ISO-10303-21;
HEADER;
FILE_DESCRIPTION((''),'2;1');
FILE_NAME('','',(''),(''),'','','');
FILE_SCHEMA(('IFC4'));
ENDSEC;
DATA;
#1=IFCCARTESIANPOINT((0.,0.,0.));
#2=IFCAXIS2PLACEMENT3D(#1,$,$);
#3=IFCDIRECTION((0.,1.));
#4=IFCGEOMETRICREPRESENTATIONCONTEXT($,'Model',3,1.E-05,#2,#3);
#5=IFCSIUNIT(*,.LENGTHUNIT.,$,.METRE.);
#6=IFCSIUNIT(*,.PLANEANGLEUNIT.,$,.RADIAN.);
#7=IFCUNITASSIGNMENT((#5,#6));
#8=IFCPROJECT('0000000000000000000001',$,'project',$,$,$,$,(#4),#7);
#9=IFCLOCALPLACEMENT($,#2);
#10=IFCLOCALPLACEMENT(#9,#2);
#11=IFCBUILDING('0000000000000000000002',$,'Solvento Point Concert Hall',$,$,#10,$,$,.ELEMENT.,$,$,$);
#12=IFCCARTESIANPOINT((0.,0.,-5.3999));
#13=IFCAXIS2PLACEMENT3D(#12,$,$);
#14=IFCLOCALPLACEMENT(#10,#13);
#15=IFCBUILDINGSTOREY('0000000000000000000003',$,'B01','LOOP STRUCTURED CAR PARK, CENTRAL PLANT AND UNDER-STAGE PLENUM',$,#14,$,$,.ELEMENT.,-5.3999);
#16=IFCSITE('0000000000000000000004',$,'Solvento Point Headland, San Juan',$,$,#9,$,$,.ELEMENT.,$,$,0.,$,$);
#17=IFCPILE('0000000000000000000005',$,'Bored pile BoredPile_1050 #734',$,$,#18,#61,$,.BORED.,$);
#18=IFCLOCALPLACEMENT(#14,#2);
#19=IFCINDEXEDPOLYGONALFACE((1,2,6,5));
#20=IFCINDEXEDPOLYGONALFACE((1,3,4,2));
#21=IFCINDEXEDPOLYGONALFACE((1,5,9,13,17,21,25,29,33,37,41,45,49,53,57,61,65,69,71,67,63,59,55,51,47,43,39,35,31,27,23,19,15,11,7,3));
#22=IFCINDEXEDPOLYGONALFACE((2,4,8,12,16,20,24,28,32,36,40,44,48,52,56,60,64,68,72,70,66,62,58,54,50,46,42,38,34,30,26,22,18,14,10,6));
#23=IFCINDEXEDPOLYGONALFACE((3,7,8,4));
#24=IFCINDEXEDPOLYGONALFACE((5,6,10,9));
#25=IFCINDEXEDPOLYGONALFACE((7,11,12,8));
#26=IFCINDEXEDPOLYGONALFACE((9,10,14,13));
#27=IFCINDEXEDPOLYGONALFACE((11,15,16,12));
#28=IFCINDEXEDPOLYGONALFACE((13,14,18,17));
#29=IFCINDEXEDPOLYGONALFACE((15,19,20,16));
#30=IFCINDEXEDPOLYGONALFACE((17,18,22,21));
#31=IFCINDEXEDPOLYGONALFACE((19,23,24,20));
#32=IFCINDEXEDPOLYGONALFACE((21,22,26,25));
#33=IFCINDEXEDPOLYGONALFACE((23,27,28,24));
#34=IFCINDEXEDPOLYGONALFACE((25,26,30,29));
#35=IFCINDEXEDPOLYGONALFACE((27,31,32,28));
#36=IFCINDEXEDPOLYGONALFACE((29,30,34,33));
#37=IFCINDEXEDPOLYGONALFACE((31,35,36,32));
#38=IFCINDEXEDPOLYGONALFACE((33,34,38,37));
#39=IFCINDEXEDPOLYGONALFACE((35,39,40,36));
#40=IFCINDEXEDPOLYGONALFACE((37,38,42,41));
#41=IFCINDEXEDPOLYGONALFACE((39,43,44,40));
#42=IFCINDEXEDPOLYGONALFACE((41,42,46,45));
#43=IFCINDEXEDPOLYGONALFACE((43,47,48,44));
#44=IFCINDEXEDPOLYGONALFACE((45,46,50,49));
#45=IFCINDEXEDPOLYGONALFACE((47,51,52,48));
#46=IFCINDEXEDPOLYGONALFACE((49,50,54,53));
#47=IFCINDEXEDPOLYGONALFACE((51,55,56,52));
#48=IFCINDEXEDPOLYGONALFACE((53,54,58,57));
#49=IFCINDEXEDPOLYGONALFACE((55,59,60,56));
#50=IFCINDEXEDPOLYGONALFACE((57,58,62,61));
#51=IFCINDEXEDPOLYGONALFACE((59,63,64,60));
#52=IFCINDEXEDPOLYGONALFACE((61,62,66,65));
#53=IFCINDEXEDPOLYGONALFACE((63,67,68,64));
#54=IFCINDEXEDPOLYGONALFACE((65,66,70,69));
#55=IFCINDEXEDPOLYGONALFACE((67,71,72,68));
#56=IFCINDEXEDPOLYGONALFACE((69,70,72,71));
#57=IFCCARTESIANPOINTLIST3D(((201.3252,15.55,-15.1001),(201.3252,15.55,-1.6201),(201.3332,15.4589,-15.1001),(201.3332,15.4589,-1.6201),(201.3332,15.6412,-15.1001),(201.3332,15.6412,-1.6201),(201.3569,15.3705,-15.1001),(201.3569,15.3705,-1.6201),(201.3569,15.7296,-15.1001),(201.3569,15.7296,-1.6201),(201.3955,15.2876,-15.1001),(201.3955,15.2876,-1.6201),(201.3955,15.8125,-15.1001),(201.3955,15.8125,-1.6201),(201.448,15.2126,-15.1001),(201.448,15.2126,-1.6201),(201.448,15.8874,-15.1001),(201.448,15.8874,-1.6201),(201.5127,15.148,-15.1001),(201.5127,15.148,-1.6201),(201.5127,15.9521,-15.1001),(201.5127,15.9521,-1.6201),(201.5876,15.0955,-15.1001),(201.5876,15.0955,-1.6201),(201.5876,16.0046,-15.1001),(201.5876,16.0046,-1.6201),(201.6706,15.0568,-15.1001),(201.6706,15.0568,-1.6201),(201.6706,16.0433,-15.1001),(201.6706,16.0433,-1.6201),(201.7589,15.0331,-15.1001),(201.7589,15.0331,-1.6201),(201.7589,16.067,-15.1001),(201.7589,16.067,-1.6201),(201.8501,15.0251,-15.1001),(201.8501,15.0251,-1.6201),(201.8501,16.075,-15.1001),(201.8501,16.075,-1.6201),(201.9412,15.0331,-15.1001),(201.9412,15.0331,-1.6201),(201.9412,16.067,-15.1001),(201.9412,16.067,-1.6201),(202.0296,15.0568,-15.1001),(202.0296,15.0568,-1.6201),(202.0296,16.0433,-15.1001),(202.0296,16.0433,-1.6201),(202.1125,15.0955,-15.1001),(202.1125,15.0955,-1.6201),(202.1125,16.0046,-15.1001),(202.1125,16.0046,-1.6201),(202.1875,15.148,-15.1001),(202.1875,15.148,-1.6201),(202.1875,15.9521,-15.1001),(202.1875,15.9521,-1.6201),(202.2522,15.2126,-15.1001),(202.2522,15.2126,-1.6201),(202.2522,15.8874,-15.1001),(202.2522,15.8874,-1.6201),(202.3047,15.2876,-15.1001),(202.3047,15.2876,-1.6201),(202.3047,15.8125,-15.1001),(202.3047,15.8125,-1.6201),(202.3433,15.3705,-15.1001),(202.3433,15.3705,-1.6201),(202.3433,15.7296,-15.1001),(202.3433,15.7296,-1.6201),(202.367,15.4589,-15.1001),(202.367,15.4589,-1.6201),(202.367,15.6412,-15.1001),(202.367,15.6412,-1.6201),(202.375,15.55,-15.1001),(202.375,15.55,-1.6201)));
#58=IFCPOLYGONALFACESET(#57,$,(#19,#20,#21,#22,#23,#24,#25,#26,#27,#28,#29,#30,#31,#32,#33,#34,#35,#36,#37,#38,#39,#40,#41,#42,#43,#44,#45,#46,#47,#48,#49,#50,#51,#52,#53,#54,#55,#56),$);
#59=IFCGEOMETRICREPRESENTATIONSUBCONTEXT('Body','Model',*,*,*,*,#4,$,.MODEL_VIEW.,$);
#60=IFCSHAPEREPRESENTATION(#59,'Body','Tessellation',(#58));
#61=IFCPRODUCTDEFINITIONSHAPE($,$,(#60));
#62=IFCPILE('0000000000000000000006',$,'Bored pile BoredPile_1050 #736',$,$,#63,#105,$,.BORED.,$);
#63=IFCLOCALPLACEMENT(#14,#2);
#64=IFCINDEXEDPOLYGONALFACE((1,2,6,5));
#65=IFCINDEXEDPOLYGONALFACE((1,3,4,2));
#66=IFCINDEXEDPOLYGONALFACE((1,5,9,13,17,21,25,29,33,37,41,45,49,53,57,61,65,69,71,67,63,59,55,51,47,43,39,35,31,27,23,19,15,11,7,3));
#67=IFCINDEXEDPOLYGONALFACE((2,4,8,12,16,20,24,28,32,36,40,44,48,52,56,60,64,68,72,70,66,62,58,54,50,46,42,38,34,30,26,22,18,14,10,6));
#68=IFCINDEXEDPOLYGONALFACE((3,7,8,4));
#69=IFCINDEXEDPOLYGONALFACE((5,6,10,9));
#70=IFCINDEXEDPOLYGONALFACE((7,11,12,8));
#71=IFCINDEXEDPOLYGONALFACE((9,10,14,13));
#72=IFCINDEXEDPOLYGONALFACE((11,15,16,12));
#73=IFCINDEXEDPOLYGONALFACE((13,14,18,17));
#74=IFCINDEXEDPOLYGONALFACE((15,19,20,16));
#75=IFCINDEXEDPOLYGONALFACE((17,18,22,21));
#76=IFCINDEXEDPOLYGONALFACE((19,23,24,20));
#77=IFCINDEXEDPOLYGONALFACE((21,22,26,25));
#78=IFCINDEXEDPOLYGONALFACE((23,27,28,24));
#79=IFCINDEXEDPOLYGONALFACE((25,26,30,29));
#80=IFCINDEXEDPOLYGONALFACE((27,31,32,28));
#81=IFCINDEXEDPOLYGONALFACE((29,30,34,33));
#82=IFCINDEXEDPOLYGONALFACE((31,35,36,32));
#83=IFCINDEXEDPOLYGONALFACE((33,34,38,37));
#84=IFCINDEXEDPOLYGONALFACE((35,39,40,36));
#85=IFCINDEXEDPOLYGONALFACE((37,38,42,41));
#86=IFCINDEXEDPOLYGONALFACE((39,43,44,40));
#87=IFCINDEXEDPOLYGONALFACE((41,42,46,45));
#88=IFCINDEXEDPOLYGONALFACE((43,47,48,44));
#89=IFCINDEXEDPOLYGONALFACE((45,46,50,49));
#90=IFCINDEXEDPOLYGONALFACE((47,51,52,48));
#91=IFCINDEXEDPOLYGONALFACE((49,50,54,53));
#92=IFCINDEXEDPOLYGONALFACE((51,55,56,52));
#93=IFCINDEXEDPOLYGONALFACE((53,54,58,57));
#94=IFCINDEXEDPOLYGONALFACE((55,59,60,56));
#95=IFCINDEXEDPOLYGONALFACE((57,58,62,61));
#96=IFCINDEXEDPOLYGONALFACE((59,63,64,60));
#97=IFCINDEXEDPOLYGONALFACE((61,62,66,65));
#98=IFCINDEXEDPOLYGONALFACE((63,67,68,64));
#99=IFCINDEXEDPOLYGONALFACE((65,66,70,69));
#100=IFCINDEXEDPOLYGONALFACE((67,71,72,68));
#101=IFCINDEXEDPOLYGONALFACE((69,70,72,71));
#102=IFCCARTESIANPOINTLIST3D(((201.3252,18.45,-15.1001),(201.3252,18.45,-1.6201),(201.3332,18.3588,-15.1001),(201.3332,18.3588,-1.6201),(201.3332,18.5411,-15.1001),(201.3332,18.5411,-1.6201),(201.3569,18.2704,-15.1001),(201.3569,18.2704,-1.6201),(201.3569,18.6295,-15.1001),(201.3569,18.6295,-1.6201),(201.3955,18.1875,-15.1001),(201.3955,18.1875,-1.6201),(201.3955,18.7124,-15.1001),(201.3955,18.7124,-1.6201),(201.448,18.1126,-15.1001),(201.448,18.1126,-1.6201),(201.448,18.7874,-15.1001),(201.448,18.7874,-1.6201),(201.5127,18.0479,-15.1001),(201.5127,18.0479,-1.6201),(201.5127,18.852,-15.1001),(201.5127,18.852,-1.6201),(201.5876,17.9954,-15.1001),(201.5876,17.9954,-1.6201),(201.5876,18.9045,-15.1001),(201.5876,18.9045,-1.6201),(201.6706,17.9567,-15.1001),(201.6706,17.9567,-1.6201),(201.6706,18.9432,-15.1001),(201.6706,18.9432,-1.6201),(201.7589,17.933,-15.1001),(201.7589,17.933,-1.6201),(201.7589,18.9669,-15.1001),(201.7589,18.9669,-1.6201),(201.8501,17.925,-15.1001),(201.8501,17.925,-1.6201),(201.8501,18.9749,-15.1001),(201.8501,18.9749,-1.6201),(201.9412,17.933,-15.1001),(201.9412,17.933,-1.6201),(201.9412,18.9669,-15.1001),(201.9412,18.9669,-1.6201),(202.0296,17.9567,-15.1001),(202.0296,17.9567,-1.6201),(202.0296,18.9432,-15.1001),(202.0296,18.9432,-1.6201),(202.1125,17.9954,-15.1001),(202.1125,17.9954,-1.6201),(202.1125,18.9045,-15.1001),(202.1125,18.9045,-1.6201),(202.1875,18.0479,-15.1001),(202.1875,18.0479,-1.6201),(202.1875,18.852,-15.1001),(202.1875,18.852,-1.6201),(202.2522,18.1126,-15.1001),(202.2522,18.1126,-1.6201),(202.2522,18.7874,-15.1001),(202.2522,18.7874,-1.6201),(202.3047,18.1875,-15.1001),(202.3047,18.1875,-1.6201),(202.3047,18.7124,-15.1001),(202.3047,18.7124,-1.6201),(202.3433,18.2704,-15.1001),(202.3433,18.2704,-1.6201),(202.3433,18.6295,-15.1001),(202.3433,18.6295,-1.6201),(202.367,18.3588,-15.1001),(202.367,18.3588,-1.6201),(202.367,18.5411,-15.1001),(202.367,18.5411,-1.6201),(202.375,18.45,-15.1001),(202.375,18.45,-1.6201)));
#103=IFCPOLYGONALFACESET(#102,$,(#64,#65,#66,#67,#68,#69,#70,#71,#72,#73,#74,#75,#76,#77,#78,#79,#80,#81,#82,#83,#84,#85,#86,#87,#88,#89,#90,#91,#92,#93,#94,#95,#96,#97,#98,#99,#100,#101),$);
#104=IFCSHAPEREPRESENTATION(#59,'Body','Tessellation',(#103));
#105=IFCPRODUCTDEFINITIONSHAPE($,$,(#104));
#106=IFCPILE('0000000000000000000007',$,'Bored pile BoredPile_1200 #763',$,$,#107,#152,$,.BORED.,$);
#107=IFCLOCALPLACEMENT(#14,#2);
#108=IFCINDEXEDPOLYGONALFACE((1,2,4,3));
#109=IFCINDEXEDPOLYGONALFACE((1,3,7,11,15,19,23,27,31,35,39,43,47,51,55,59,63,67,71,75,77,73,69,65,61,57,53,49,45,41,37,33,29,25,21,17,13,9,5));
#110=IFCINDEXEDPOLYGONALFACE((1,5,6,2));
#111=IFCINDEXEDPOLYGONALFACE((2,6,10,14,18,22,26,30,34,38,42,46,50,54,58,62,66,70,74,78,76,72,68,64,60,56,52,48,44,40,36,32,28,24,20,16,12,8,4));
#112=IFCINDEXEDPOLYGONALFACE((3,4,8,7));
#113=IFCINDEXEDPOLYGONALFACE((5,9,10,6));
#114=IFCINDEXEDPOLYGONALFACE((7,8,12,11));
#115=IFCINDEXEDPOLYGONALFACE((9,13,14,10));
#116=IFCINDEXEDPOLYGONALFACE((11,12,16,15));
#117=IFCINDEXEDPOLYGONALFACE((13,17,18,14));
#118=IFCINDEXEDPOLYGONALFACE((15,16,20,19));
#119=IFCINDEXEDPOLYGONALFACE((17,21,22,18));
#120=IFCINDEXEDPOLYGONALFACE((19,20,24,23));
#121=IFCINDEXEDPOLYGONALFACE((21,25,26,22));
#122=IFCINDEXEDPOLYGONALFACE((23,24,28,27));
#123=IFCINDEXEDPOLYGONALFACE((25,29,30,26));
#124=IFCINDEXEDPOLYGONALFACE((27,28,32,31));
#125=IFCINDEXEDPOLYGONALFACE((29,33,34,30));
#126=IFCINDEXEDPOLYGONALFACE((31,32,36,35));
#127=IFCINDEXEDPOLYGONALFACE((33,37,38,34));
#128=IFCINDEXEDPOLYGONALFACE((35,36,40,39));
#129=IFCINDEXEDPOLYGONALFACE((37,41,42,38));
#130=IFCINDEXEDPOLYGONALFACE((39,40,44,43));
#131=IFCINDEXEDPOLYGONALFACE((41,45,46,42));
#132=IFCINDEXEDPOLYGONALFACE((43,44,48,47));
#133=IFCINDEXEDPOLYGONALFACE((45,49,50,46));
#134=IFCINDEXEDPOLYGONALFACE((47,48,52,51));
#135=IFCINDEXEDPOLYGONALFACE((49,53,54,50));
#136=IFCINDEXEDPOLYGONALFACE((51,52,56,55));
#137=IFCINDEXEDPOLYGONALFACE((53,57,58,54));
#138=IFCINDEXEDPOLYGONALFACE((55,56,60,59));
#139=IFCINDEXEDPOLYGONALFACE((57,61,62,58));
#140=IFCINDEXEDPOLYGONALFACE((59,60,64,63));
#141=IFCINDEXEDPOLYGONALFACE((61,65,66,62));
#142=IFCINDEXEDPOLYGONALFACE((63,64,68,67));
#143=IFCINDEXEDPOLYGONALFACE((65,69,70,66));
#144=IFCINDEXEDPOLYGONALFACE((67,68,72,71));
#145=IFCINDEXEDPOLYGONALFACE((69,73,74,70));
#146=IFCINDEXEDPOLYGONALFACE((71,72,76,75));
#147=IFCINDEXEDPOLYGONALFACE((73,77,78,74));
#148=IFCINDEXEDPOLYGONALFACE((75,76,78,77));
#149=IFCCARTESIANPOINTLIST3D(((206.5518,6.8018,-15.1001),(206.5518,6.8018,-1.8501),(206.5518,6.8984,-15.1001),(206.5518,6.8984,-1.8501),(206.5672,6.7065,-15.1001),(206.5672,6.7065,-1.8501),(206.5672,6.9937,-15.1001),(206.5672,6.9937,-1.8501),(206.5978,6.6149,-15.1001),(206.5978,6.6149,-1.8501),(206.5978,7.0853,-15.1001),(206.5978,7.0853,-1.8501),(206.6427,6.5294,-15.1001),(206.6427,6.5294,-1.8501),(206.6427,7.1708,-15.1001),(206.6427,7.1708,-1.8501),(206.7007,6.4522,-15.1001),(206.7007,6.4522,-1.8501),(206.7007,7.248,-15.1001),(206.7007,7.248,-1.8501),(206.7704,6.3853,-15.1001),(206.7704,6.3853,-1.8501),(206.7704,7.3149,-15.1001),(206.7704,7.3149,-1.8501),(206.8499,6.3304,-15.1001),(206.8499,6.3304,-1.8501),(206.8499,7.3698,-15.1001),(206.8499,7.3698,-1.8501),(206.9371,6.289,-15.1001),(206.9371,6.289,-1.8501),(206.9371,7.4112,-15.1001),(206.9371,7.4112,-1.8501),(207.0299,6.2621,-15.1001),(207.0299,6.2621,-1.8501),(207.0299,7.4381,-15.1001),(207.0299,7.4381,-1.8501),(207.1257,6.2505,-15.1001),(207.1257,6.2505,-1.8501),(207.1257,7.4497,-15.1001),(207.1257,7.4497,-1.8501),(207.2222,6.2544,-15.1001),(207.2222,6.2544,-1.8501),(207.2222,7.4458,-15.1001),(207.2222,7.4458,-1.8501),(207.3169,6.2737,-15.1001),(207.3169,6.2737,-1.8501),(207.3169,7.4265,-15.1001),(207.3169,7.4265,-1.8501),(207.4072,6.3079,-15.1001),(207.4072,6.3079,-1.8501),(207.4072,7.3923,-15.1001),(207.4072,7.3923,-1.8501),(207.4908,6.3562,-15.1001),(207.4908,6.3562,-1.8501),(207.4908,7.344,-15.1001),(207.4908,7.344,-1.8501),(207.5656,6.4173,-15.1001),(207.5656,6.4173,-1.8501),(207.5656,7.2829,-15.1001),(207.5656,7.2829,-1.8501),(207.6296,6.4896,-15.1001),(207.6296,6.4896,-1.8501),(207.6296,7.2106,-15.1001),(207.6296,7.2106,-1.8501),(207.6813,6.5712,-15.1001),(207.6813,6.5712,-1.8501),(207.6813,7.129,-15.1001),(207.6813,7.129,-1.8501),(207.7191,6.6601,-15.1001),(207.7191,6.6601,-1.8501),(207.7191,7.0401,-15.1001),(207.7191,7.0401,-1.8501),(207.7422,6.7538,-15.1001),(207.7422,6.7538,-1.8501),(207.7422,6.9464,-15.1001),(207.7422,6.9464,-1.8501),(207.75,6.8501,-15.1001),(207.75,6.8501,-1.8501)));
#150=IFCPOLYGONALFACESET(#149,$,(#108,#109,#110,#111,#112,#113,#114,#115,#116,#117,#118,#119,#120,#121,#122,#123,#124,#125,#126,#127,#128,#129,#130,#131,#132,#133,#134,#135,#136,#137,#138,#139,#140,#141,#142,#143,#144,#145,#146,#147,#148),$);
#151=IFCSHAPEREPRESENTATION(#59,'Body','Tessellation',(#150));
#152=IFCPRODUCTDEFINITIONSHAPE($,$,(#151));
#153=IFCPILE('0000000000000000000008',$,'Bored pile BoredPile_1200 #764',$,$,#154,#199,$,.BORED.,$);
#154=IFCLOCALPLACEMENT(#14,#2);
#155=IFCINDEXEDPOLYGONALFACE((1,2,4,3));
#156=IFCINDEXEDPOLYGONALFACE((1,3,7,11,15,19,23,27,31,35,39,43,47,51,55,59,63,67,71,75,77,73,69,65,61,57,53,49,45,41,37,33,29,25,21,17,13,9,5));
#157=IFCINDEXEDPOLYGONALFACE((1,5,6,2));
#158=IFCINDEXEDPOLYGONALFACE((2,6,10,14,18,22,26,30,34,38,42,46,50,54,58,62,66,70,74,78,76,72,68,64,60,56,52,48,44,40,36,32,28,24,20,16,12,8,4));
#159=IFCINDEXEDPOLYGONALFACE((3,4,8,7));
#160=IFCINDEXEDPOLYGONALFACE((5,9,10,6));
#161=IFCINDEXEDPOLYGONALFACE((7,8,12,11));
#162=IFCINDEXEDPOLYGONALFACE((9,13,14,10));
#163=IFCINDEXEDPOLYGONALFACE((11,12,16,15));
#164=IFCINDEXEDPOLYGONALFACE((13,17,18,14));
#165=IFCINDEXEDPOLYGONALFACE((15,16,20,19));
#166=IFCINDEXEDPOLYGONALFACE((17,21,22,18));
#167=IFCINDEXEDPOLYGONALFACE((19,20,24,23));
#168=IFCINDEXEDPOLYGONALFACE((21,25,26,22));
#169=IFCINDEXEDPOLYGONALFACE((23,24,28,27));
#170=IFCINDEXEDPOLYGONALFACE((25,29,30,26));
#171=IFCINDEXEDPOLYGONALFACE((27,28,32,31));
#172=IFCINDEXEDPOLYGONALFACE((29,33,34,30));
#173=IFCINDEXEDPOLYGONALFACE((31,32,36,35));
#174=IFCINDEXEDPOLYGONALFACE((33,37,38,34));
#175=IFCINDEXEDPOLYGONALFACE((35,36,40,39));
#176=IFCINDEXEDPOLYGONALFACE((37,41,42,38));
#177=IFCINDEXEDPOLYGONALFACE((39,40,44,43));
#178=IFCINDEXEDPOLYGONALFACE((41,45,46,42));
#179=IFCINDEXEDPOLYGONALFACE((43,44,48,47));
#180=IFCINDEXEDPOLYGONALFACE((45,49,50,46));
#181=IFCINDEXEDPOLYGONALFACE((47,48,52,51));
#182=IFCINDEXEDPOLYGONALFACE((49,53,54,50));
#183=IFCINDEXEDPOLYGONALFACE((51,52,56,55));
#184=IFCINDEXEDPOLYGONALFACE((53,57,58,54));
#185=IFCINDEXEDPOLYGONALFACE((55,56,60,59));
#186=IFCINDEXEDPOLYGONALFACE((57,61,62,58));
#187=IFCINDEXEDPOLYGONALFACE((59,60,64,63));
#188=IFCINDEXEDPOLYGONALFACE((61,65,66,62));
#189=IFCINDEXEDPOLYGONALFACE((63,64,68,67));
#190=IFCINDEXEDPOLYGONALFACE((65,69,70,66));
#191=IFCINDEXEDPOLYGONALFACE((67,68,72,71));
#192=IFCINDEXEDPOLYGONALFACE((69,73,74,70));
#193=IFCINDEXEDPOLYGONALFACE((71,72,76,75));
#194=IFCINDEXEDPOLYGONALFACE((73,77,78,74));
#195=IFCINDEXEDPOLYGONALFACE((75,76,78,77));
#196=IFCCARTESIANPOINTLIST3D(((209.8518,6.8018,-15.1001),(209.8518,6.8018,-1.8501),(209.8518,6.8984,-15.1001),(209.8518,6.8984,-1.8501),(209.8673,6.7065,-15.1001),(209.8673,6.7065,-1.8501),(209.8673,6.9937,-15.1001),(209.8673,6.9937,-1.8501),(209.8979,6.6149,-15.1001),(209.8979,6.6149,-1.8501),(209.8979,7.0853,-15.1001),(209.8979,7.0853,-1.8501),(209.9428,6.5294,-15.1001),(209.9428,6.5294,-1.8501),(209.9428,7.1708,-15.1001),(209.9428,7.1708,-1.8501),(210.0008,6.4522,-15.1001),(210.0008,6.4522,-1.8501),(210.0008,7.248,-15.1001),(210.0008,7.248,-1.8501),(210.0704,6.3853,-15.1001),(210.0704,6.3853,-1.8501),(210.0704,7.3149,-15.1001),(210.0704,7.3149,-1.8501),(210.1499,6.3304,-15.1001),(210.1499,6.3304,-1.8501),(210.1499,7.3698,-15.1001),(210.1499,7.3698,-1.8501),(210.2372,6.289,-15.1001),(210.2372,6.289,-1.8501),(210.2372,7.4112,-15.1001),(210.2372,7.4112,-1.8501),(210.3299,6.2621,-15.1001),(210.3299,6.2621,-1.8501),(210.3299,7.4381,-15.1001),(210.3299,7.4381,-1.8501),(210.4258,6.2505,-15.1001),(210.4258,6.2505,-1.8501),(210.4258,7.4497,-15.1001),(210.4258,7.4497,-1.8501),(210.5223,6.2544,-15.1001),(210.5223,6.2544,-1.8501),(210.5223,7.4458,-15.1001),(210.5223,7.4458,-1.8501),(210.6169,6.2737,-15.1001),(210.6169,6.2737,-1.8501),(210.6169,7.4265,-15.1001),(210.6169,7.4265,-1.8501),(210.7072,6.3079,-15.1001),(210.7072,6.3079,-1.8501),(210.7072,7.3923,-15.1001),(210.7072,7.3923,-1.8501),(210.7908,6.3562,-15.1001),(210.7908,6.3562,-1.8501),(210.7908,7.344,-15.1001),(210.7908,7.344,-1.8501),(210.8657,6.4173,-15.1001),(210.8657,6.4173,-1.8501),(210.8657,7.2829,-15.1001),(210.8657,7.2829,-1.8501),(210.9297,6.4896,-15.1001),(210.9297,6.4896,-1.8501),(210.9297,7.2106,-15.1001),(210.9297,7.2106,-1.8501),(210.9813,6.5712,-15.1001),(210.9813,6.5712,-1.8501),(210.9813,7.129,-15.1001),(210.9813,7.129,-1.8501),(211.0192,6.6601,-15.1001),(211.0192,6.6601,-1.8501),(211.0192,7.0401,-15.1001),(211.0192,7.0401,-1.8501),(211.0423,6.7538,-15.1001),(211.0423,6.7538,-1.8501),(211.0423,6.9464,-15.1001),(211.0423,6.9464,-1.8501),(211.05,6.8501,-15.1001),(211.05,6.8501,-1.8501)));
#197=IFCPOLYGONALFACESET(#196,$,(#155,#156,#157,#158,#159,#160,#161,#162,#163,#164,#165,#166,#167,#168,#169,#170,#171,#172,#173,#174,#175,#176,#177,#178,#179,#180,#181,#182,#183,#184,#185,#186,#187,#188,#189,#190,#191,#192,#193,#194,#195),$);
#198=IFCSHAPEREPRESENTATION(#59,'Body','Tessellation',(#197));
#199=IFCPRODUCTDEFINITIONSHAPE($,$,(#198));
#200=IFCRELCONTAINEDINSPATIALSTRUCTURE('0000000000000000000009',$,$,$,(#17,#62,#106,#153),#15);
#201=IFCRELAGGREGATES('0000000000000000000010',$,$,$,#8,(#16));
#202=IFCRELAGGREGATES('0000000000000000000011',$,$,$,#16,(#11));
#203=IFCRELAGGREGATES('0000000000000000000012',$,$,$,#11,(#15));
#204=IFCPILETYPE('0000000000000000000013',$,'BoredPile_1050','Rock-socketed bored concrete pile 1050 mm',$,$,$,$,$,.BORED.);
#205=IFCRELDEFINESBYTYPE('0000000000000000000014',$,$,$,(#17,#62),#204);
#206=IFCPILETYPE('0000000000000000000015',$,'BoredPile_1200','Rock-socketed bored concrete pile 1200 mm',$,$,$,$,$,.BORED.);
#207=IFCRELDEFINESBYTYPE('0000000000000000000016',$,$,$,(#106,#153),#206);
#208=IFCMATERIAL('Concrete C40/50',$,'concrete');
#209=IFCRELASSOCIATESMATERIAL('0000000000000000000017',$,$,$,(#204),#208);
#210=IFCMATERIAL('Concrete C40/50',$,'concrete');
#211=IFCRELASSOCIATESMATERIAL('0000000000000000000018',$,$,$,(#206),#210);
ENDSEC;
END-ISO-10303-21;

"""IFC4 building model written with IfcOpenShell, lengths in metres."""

from ifc_helpers import new_model, si_unit, direction, frame, origin, origin_2d, place, context, subcontext, project, spatial, circle, extrude, material, material_profile, profile_set, type_object, element, save


model = new_model("IFC4")

# Units and contexts
model_context = context("Model", 3, precision=1e-05, world=origin(), true_north=direction((0.0, 1.0)))
body_context = subcontext(model_context, "Body", "Model", "MODEL_VIEW")
ifc_project = project(units=[si_unit("LENGTHUNIT", "METRE"), si_unit("PLANEANGLEUNIT", "RADIAN")], contexts=[model_context])

# Site, building, storey
site_placement = place(None, origin())
site = spatial("IfcSite", under=ifc_project, at=site_placement, Name="Solvento Point Headland, San Juan", CompositionType="ELEMENT", RefElevation=0.0)
building_placement = place(site_placement, origin())
building = spatial("IfcBuilding", under=site, at=building_placement, Name="Solvento Point Concert Hall", CompositionType="ELEMENT")
storey_placement = place(building_placement, frame((0.0, 0.0, -5.3999)))
storey = spatial("IfcBuildingStorey", under=building, at=storey_placement, Name="B01", Description="LOOP STRUCTURED CAR PARK, CENTRAL PLANT AND UNDER-STAGE PLENUM", CompositionType="ELEMENT", Elevation=-5.3999)

# Piles
ifc_material_1 = material(Name="Concrete C40/50", Category="concrete")
ifc_material_profile_1 = material_profile(ifc_material_1, circle(Radius=0.5249, at=origin_2d()), Name="BP-1050")
ifc_profile_set_1 = profile_set([ifc_material_profile_1], Name="Concrete C40/50")
pile_type_1 = type_object("IfcPileType", Name="BoredPile_1050", Description="Rock-socketed bored concrete pile 1050 mm", PredefinedType="BORED", material=ifc_profile_set_1)
for number, where, z_axis, x_axis, name in (
    (1, (201.8501, 15.55, -1.6201), (0.0, 0.0, -1.0), (1.0, 0.0, 0.0), "Bored pile BoredPile_1050 #734"),
    (2, (201.8501, 18.45, -1.6201), (0.0, 0.0, -1.0), (1.0, 0.0, 0.0), "Bored pile BoredPile_1050 #736"),
):
    element("IfcPile", number, at=place(storey_placement, frame(where, z_axis=z_axis, x_axis=x_axis)), inside=storey, type_object=pile_type_1, Name=name, PredefinedType="BORED", context=body_context, shape_type="SweptSolid", body=[
        extrude(circle(Radius=0.5249, at=origin_2d()), origin(), (0.0, 0.0, 1.0), 13.48),
    ])
ifc_material_2 = material(Name="Concrete C40/50", Category="concrete")
ifc_material_profile_2 = material_profile(ifc_material_2, circle(Radius=0.6001, at=origin_2d()), Name="BP-1200")
ifc_profile_set_2 = profile_set([ifc_material_profile_2], Name="Concrete C40/50")
pile_type_2 = type_object("IfcPileType", Name="BoredPile_1200", Description="Rock-socketed bored concrete pile 1200 mm", PredefinedType="BORED", material=ifc_profile_set_2)
for number, where, z_axis, x_axis, name in (
    (3, (207.1499, 6.8501, -1.8501), (0.0, 0.0, -1.0), (1.0, 0.0, 0.0), "Bored pile BoredPile_1200 #763"),
    (4, (210.45, 6.8501, -1.8501), (0.0, 0.0, -1.0), (1.0, 0.0, 0.0), "Bored pile BoredPile_1200 #764"),
):
    element("IfcPile", number, at=place(storey_placement, frame(where, z_axis=z_axis, x_axis=x_axis)), inside=storey, type_object=pile_type_2, Name=name, PredefinedType="BORED", context=body_context, shape_type="SweptSolid", body=[
        extrude(circle(Radius=0.6001, at=origin_2d()), origin(), (0.0, 0.0, 1.0), 13.25),
    ])

save(model, "model.ifc")
